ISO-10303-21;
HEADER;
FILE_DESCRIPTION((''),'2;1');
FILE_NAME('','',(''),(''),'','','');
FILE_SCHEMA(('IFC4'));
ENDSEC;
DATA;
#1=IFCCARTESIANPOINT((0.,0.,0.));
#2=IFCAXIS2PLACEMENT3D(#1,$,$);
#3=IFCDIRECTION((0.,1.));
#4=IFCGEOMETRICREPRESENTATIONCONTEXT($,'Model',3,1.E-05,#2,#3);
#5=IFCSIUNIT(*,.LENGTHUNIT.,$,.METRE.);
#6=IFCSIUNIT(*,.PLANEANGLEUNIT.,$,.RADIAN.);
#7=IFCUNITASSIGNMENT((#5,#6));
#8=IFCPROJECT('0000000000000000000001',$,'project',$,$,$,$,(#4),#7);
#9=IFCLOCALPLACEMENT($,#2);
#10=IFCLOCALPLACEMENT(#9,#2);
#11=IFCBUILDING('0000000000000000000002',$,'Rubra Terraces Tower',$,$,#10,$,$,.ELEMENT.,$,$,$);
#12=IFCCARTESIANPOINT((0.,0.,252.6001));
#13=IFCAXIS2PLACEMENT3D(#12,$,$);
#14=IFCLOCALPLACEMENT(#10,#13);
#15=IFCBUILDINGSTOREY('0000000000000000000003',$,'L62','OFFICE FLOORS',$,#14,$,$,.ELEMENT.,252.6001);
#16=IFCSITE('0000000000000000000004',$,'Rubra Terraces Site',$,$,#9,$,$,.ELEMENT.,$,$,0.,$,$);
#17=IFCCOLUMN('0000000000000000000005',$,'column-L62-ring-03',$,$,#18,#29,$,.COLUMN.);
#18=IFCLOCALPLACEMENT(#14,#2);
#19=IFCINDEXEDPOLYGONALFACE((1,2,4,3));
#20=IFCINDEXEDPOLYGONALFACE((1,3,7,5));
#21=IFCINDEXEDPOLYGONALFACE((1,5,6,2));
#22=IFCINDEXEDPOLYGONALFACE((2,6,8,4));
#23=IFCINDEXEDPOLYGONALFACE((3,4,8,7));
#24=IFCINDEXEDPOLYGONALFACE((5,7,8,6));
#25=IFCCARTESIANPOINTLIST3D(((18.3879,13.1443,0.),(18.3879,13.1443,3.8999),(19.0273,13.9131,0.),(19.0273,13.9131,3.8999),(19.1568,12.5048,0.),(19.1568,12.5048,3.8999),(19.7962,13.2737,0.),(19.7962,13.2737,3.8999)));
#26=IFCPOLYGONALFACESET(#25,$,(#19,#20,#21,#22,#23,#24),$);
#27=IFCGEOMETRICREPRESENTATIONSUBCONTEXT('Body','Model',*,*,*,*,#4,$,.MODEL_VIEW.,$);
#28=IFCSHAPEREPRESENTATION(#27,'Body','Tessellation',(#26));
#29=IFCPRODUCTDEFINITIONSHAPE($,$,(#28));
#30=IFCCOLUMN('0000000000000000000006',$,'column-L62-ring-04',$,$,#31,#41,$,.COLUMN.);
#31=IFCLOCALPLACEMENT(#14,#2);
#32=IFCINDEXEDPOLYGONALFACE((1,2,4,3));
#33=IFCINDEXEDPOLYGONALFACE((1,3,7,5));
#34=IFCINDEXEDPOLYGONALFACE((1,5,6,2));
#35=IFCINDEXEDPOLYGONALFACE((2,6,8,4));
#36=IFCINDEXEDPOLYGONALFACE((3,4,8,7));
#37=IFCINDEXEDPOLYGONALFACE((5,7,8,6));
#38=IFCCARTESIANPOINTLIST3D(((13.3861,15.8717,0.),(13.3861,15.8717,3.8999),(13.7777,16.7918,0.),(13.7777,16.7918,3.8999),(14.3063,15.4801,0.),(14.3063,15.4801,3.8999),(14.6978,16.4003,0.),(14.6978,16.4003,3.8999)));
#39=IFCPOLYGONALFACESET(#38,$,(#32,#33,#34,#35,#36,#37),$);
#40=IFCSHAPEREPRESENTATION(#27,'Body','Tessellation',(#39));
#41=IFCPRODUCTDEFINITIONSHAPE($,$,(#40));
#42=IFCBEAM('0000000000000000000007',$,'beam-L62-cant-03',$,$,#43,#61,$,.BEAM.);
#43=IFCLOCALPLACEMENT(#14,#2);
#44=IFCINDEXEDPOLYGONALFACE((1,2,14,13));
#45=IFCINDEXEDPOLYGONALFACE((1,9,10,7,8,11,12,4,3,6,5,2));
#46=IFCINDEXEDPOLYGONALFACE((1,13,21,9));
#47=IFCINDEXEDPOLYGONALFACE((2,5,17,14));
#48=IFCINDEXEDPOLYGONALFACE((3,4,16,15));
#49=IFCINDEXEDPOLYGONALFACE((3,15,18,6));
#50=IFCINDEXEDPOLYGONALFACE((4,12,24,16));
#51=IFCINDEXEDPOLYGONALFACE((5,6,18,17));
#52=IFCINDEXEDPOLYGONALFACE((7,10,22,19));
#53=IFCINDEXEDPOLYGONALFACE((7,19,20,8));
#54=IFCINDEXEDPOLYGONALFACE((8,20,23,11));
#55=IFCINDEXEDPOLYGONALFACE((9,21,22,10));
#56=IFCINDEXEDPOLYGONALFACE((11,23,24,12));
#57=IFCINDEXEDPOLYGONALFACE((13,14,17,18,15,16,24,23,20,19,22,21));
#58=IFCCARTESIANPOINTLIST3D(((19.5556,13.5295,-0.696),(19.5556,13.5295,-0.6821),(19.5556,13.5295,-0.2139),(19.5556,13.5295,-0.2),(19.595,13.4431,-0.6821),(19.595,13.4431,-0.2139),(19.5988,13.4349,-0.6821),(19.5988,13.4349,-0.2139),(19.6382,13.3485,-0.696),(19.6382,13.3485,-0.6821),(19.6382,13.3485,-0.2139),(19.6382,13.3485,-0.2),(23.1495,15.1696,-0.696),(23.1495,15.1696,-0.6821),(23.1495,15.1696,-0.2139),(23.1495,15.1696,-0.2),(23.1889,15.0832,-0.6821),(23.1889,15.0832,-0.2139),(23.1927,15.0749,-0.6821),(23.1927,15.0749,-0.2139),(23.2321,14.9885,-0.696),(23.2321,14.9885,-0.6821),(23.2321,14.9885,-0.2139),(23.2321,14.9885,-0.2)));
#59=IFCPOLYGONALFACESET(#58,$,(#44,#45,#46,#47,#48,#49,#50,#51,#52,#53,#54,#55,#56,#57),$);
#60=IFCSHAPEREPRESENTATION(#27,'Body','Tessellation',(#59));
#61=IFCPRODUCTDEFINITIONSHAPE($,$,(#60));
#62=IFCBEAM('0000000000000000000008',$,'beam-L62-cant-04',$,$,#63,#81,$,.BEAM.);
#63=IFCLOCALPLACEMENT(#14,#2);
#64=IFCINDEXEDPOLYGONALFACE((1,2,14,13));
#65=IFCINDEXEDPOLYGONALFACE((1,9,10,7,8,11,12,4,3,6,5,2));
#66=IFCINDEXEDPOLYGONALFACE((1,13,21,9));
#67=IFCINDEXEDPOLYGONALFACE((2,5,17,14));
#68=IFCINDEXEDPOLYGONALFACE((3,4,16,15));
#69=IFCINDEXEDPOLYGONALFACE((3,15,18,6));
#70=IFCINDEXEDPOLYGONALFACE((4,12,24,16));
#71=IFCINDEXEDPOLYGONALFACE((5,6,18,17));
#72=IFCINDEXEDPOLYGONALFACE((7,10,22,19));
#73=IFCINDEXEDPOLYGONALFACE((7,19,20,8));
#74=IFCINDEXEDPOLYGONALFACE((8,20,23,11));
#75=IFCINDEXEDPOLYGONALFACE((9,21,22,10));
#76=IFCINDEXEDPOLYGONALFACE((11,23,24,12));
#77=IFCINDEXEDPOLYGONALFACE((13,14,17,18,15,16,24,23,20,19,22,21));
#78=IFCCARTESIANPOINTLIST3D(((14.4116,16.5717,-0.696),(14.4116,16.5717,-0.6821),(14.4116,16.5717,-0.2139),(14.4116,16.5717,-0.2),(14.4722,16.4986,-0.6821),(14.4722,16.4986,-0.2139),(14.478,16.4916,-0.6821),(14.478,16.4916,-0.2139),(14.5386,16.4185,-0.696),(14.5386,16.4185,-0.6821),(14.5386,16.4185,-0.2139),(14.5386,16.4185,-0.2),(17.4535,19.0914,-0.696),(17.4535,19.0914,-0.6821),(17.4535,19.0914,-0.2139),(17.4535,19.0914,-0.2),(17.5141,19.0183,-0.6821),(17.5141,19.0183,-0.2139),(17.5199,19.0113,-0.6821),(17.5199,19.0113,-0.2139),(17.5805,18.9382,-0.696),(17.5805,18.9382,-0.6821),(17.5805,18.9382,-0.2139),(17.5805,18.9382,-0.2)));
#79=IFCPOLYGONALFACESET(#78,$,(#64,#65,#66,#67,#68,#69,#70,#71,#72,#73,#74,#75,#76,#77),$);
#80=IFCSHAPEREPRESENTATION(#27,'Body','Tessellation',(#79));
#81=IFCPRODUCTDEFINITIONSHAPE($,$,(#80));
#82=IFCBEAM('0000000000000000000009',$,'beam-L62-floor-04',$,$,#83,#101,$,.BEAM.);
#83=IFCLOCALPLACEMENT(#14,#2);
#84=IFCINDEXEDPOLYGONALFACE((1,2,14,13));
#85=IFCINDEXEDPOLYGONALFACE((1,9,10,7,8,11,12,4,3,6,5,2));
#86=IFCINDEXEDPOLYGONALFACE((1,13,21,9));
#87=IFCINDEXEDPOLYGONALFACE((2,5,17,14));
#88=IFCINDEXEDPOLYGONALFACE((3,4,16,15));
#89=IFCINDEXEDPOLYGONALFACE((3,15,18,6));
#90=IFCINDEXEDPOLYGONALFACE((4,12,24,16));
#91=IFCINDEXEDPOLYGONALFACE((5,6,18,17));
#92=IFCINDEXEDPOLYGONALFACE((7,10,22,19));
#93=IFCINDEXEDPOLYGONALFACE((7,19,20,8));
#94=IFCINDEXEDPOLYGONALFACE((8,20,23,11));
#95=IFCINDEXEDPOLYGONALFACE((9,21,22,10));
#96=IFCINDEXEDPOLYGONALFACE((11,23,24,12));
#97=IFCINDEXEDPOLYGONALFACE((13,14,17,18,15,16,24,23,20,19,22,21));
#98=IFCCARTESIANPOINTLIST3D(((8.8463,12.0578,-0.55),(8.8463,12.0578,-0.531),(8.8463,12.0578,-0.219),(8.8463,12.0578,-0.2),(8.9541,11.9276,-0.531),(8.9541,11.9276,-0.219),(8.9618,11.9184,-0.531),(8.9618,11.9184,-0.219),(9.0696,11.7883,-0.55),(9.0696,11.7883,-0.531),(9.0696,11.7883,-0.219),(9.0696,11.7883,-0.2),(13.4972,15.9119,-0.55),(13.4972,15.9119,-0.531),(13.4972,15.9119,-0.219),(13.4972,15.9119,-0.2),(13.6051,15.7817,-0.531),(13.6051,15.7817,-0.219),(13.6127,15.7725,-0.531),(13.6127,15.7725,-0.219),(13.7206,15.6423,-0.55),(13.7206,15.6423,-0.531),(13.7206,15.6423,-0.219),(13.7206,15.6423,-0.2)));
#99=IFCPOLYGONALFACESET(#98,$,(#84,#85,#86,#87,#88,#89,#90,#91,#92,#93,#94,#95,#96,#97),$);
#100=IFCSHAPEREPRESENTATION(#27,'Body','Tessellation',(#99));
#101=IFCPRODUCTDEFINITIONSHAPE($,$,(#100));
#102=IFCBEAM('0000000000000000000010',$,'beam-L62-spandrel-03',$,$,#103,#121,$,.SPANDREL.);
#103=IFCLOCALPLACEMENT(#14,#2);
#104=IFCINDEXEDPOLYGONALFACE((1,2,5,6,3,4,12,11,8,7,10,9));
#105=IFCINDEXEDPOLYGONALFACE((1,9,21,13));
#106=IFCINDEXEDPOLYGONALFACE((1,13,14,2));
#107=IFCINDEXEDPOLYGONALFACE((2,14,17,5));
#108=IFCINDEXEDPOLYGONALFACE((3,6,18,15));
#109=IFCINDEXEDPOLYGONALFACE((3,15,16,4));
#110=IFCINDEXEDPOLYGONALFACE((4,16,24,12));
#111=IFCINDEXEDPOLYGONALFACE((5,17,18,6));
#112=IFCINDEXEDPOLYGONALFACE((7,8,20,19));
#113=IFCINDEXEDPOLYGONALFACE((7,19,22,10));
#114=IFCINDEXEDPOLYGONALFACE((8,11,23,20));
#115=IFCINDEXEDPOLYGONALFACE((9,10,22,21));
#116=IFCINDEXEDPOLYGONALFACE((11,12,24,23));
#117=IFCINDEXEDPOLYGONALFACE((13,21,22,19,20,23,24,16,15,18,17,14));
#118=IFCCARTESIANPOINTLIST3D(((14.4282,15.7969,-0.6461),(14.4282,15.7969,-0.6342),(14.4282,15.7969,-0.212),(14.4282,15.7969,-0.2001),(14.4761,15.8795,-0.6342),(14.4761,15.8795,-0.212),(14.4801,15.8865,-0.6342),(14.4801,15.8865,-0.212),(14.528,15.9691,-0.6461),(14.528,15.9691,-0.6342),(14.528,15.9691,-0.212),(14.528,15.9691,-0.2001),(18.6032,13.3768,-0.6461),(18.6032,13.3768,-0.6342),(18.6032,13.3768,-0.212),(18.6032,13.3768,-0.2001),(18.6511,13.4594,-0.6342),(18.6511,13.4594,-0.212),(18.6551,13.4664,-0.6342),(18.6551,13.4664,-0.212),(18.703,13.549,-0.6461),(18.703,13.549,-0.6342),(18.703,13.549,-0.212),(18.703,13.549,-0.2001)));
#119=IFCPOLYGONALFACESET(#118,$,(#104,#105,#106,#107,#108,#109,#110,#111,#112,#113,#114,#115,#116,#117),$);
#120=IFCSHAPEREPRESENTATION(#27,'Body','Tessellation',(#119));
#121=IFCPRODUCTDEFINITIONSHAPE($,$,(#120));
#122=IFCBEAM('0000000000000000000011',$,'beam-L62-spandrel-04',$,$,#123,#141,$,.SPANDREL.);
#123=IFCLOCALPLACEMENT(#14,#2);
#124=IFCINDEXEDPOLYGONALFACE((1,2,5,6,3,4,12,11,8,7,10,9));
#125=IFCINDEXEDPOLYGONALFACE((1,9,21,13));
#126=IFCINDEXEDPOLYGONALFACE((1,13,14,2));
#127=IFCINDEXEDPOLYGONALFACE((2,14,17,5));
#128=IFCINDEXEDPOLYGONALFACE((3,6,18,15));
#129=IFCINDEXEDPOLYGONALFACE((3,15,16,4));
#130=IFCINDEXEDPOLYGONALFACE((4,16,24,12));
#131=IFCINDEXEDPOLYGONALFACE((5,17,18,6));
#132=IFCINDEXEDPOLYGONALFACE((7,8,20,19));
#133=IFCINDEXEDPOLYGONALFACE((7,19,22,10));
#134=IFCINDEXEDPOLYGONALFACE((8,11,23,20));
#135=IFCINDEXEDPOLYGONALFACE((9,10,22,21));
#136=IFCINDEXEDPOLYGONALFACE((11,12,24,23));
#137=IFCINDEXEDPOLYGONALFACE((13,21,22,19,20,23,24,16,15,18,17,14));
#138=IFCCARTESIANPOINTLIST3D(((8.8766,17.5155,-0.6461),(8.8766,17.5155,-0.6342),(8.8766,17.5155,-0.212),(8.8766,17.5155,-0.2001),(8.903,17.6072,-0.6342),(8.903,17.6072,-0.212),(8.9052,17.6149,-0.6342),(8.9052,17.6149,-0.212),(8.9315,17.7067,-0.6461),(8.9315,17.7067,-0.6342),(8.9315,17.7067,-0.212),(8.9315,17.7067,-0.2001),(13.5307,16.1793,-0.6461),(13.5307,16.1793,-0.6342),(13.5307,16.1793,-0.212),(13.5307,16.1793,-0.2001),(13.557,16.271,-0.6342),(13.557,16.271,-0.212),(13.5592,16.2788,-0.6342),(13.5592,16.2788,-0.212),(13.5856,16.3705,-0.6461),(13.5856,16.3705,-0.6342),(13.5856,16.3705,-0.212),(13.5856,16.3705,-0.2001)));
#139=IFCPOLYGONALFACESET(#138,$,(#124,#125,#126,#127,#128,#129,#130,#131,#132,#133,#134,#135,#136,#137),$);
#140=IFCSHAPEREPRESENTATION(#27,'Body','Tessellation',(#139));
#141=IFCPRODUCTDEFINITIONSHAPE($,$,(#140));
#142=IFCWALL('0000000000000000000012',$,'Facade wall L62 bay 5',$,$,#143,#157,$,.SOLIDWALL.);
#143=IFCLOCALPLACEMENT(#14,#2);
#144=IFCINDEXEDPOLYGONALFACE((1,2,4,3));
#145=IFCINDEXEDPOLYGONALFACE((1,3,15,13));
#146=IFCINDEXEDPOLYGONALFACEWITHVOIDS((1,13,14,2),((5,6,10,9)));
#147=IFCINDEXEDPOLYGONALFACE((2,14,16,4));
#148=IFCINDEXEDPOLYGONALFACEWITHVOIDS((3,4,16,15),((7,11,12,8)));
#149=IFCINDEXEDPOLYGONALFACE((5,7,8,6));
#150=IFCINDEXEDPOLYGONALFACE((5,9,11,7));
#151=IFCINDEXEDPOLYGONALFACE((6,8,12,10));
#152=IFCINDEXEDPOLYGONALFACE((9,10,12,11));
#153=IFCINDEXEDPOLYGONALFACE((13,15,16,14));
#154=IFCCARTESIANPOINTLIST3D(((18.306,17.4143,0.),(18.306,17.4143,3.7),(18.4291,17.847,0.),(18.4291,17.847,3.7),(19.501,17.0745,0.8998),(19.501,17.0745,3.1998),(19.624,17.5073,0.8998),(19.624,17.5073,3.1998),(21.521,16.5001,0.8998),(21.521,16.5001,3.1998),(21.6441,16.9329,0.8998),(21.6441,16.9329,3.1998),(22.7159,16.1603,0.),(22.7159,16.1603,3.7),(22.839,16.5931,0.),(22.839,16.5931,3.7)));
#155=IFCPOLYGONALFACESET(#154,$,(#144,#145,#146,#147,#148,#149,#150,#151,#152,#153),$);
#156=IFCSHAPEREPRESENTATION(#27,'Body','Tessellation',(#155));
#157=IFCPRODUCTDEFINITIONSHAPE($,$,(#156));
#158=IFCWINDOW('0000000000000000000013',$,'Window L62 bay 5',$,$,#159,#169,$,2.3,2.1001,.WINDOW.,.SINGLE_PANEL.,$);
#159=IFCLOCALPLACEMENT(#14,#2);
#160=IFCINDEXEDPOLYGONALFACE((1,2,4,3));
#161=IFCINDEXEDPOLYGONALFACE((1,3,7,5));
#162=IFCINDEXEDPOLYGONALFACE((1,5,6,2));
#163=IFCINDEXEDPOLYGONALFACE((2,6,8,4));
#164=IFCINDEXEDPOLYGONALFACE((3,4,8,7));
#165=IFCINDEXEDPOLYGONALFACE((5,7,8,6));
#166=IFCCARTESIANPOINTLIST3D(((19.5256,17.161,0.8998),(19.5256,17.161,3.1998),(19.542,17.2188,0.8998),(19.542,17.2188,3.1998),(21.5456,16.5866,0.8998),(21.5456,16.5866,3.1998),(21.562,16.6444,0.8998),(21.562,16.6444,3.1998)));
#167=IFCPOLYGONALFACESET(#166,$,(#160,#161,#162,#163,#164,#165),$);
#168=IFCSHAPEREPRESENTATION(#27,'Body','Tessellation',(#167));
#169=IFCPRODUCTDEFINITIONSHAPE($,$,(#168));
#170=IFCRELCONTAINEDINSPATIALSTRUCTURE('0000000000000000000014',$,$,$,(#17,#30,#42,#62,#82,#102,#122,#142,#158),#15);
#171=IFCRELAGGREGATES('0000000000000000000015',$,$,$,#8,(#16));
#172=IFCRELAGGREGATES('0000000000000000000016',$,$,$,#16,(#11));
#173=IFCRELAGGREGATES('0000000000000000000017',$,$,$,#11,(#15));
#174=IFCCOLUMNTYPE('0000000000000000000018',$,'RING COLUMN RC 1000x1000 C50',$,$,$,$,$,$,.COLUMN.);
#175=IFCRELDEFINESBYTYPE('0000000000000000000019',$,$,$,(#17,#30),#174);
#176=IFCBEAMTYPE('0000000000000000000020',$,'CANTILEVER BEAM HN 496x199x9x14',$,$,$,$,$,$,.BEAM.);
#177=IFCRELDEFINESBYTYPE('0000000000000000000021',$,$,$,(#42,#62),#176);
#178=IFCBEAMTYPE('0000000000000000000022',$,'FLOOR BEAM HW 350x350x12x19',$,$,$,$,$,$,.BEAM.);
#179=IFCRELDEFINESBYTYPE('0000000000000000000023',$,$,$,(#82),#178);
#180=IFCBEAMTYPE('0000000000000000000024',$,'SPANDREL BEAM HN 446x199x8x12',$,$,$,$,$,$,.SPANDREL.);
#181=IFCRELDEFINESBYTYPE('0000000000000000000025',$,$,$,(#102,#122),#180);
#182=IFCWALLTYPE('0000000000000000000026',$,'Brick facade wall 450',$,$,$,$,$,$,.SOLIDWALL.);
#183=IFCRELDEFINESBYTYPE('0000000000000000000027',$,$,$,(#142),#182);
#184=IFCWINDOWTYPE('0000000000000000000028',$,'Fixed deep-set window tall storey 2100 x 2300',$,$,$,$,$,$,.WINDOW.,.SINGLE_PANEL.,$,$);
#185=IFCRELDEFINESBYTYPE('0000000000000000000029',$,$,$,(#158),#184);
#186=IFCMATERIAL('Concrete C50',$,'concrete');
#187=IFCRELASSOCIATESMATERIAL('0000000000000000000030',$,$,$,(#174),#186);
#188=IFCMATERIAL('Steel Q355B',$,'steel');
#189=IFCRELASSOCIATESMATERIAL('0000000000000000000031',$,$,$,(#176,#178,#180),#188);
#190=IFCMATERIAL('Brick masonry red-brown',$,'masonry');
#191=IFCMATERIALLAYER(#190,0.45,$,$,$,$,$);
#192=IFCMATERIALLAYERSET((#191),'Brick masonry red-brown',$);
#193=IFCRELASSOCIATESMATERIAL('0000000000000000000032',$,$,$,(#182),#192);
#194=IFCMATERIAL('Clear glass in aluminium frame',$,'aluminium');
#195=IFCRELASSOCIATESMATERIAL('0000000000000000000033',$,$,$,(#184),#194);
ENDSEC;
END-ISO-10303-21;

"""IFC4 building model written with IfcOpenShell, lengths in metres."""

from ifc_helpers import new_model, si_unit, direction, frame, frame_2d, origin, origin_2d, place, context, subcontext, project, spatial, rectangle, i_section, extrude, material, layer, layer_set, material_profile, profile_set, type_object, element, fill, save


model = new_model("IFC4")

# Units and contexts
model_context = context("Model", 3, precision=1e-05, world=origin(), true_north=direction((0.0, 1.0)))
body_context = subcontext(model_context, "Body", "Model", "MODEL_VIEW")
ifc_project = project(units=[si_unit("LENGTHUNIT", "METRE"), si_unit("PLANEANGLEUNIT", "RADIAN")], contexts=[model_context])

# Site, building, storey
site_placement = place(None, origin())
site = spatial("IfcSite", under=ifc_project, at=site_placement, Name="Rubra Terraces Site", CompositionType="ELEMENT", RefElevation=0.0)
building_placement = place(site_placement, origin())
building = spatial("IfcBuilding", under=site, at=building_placement, Name="Rubra Terraces Tower", CompositionType="ELEMENT")
storey_placement = place(building_placement, frame((0.0, 0.0, 252.6001)))
storey = spatial("IfcBuildingStorey", under=building, at=storey_placement, Name="L62", Description="OFFICE FLOORS", CompositionType="ELEMENT", Elevation=252.6001)

# Columns
ifc_material_1 = material(Name="Concrete C50", Category="concrete")
ifc_material_profile_1 = material_profile(ifc_material_1, rectangle(XDim=1.0, YDim=1.0, at=origin_2d()), Name="RC 1000x1000")
ifc_profile_set_1 = profile_set([ifc_material_profile_1], Name="Concrete C50")
column_type = type_object("IfcColumnType", Name="RING COLUMN RC 1000x1000 C50", PredefinedType="COLUMN", material=ifc_profile_set_1)
for number, where, z_axis, x_axis, name in (
    (1, (19.092, 13.209, 0.0), (0.0, 0.0, 1.0), (-0.76887, 0.639405, 0.0), "column-L62-ring-03"),
    (2, (14.042, 16.136, 0.0), (0.0, 0.0, 1.0), (-0.920168, 0.391524, 0.0), "column-L62-ring-04"),
):
    element("IfcColumn", number, at=place(storey_placement, frame(where, z_axis=z_axis, x_axis=x_axis)), inside=storey, type_object=column_type, Name=name, PredefinedType="COLUMN", context=body_context, shape_type="SweptSolid", body=[
        extrude(rectangle(XDim=1.0, YDim=1.0, at=origin_2d()), origin(), (0.0, 0.0, 1.0), 3.8999),
    ])

# Beams
ifc_material_2 = material(Name="Steel Q355B", Category="steel")
ifc_material_profile_2 = material_profile(ifc_material_2, i_section(OverallWidth=0.199, OverallDepth=0.4961, WebThickness=0.009, FlangeThickness=0.0139, at=origin_2d()), Name="HN 496x199x9x14")
ifc_profile_set_2 = profile_set([ifc_material_profile_2], Name="Steel Q355B")
beam_type_1 = type_object("IfcBeamType", Name="CANTILEVER BEAM HN 496x199x9x14", PredefinedType="BEAM", material=ifc_profile_set_2)
beam_1_placement = place(storey_placement, frame((19.5969, 13.439, -0.448), z_axis=(0.909745, 0.415167, 0.0), x_axis=(-0.415167, 0.909745, 0.0)))
element("IfcBeam", 3, at=beam_1_placement, inside=storey, type_object=beam_type_1, Name="beam-L62-cant-03", PredefinedType="BEAM", context=body_context, shape_type="SweptSolid", body=[
    extrude(i_section(OverallWidth=0.199, OverallDepth=0.4961, WebThickness=0.009, FlangeThickness=0.0139, at=origin_2d()), origin(), (0.0, 0.0, 1.0), 3.9504),
])
beam_2_placement = place(storey_placement, frame((14.4751, 16.4951, -0.448), z_axis=(0.770113, 0.637908, 0.0), x_axis=(-0.637908, 0.770113, 0.0)))
element("IfcBeam", 4, at=beam_2_placement, inside=storey, type_object=beam_type_1, Name="beam-L62-cant-04", PredefinedType="BEAM", context=body_context, shape_type="SweptSolid", body=[
    extrude(i_section(OverallWidth=0.199, OverallDepth=0.4961, WebThickness=0.009, FlangeThickness=0.0139, at=origin_2d()), origin(), (0.0, 0.0, 1.0), 3.95),
])
ifc_material_profile_3 = material_profile(ifc_material_2, i_section(OverallWidth=0.3501, OverallDepth=0.3501, WebThickness=0.012, FlangeThickness=0.019, at=origin_2d()), Name="HW 350x350x12x19")
ifc_profile_set_3 = profile_set([ifc_material_profile_3], Name="Steel Q355B")
beam_type_2 = type_object("IfcBeamType", Name="FLOOR BEAM HW 350x350x12x19", PredefinedType="BEAM", material=ifc_profile_set_3)
beam_3_placement = place(storey_placement, frame((13.6089, 15.7771, -0.375), z_axis=(-0.769988, -0.638059, 0.0), x_axis=(0.638059, -0.769988, 0.0)))
element("IfcBeam", 5, at=beam_3_placement, inside=storey, type_object=beam_type_2, Name="beam-L62-floor-04", PredefinedType="BEAM", context=body_context, shape_type="SweptSolid", body=[
    extrude(i_section(OverallWidth=0.3501, OverallDepth=0.3501, WebThickness=0.012, FlangeThickness=0.019, at=origin_2d()), origin(), (0.0, 0.0, 1.0), 6.0403),
])
ifc_material_profile_4 = material_profile(ifc_material_2, i_section(OverallWidth=0.199, OverallDepth=0.446, WebThickness=0.0081, FlangeThickness=0.012, at=origin_2d()), Name="HN 446x199x8x12")
ifc_profile_set_4 = profile_set([ifc_material_profile_4], Name="Steel Q355B")
beam_type_3 = type_object("IfcBeamType", Name="SPANDREL BEAM HN 446x199x8x12", PredefinedType="SPANDREL", material=ifc_profile_set_4)
beam_4_placement = place(storey_placement, frame((18.6531, 13.4629, -0.4231), z_axis=(-0.865154, 0.501507, 0.0), x_axis=(-0.501507, -0.865154, 0.0)))
element("IfcBeam", 6, at=beam_4_placement, inside=storey, type_object=beam_type_3, Name="beam-L62-spandrel-03", PredefinedType="SPANDREL", context=body_context, shape_type="SweptSolid", body=[
    extrude(i_section(OverallWidth=0.199, OverallDepth=0.446, WebThickness=0.0081, FlangeThickness=0.012, at=origin_2d()), origin(), (0.0, 0.0, 1.0), 4.8257),
])
beam_5_placement = place(storey_placement, frame((13.5581, 16.2749, -0.4231), z_axis=(-0.961171, 0.275953, 0.0), x_axis=(-0.275953, -0.961171, 0.0)))
element("IfcBeam", 7, at=beam_5_placement, inside=storey, type_object=beam_type_3, Name="beam-L62-spandrel-04", PredefinedType="SPANDREL", context=body_context, shape_type="SweptSolid", body=[
    extrude(i_section(OverallWidth=0.199, OverallDepth=0.446, WebThickness=0.0081, FlangeThickness=0.012, at=origin_2d()), origin(), (0.0, 0.0, 1.0), 4.842),
])

# Wall, opening, window
ifc_material_3 = material(Name="Brick masonry red-brown", Category="masonry")
ifc_layer_1 = layer(ifc_material_3, 0.45)
ifc_layer_set_1 = layer_set([ifc_layer_1], Name="Brick masonry red-brown")
wall_type_1 = type_object("IfcWallType", Name="Brick facade wall 450", PredefinedType="SOLIDWALL", material=ifc_layer_set_1)
wall_1_placement = place(storey_placement, frame((22.7776, 16.3767, 0.0), z_axis=(0.0, 0.0, 1.0), x_axis=(-0.961873, 0.273497, 0.0)))
wall_1 = element("IfcWall", 8, at=wall_1_placement, inside=storey, type_object=wall_type_1, Name="Facade wall L62 bay 5", PredefinedType="SOLIDWALL", context=body_context, shape_type="SweptSolid", body=[
    extrude(rectangle(XDim=4.5847, YDim=0.45, at=frame_2d((2.2925, 0.0))), origin(), (0.0, 0.0, 1.0), 3.7),
])
opening_1_placement = place(wall_1_placement, frame((1.2424, 0.0, 0.8999)))
opening_1 = element("IfcOpeningElement", 9, at=opening_1_placement, cuts=wall_1, PredefinedType="OPENING", context=body_context, shape_type="SweptSolid", body=[
    extrude(rectangle(XDim=2.1001, YDim=2.3, at=frame_2d((1.05, 1.1499))), frame((0.0, 0.2349, 0.0), z_axis=(0.0, -1.0, 0.0), x_axis=(1.0, 0.0, 0.0)), (0.0, 0.0, 1.0), 0.47),
])
ifc_material_4 = material(Name="Clear glass in aluminium frame", Category="aluminium")
window_type = type_object("IfcWindowType", Name="Fixed deep-set window tall storey 2100 x 2300", PartitioningType="SINGLE_PANEL", PredefinedType="WINDOW", material=ifc_material_4)
window_1_placement = place(opening_1_placement, origin())
window_1 = element("IfcWindow", 10, at=window_1_placement, inside=storey, type_object=window_type, Name="Window L62 bay 5", OverallHeight=2.3, OverallWidth=2.1001, PartitioningType="SINGLE_PANEL", PredefinedType="WINDOW", context=body_context, shape_type="SweptSolid", body=[
    extrude(rectangle(XDim=2.1001, YDim=2.3, at=frame_2d((1.05, 1.1499))), frame((0.0, 0.135, 0.0), z_axis=(0.0, -1.0, 0.0), x_axis=(1.0, 0.0, 0.0)), (0.0, 0.0, 1.0), 0.0601),
])
fill(opening_1, window_1)

save(model, "model.ifc")
